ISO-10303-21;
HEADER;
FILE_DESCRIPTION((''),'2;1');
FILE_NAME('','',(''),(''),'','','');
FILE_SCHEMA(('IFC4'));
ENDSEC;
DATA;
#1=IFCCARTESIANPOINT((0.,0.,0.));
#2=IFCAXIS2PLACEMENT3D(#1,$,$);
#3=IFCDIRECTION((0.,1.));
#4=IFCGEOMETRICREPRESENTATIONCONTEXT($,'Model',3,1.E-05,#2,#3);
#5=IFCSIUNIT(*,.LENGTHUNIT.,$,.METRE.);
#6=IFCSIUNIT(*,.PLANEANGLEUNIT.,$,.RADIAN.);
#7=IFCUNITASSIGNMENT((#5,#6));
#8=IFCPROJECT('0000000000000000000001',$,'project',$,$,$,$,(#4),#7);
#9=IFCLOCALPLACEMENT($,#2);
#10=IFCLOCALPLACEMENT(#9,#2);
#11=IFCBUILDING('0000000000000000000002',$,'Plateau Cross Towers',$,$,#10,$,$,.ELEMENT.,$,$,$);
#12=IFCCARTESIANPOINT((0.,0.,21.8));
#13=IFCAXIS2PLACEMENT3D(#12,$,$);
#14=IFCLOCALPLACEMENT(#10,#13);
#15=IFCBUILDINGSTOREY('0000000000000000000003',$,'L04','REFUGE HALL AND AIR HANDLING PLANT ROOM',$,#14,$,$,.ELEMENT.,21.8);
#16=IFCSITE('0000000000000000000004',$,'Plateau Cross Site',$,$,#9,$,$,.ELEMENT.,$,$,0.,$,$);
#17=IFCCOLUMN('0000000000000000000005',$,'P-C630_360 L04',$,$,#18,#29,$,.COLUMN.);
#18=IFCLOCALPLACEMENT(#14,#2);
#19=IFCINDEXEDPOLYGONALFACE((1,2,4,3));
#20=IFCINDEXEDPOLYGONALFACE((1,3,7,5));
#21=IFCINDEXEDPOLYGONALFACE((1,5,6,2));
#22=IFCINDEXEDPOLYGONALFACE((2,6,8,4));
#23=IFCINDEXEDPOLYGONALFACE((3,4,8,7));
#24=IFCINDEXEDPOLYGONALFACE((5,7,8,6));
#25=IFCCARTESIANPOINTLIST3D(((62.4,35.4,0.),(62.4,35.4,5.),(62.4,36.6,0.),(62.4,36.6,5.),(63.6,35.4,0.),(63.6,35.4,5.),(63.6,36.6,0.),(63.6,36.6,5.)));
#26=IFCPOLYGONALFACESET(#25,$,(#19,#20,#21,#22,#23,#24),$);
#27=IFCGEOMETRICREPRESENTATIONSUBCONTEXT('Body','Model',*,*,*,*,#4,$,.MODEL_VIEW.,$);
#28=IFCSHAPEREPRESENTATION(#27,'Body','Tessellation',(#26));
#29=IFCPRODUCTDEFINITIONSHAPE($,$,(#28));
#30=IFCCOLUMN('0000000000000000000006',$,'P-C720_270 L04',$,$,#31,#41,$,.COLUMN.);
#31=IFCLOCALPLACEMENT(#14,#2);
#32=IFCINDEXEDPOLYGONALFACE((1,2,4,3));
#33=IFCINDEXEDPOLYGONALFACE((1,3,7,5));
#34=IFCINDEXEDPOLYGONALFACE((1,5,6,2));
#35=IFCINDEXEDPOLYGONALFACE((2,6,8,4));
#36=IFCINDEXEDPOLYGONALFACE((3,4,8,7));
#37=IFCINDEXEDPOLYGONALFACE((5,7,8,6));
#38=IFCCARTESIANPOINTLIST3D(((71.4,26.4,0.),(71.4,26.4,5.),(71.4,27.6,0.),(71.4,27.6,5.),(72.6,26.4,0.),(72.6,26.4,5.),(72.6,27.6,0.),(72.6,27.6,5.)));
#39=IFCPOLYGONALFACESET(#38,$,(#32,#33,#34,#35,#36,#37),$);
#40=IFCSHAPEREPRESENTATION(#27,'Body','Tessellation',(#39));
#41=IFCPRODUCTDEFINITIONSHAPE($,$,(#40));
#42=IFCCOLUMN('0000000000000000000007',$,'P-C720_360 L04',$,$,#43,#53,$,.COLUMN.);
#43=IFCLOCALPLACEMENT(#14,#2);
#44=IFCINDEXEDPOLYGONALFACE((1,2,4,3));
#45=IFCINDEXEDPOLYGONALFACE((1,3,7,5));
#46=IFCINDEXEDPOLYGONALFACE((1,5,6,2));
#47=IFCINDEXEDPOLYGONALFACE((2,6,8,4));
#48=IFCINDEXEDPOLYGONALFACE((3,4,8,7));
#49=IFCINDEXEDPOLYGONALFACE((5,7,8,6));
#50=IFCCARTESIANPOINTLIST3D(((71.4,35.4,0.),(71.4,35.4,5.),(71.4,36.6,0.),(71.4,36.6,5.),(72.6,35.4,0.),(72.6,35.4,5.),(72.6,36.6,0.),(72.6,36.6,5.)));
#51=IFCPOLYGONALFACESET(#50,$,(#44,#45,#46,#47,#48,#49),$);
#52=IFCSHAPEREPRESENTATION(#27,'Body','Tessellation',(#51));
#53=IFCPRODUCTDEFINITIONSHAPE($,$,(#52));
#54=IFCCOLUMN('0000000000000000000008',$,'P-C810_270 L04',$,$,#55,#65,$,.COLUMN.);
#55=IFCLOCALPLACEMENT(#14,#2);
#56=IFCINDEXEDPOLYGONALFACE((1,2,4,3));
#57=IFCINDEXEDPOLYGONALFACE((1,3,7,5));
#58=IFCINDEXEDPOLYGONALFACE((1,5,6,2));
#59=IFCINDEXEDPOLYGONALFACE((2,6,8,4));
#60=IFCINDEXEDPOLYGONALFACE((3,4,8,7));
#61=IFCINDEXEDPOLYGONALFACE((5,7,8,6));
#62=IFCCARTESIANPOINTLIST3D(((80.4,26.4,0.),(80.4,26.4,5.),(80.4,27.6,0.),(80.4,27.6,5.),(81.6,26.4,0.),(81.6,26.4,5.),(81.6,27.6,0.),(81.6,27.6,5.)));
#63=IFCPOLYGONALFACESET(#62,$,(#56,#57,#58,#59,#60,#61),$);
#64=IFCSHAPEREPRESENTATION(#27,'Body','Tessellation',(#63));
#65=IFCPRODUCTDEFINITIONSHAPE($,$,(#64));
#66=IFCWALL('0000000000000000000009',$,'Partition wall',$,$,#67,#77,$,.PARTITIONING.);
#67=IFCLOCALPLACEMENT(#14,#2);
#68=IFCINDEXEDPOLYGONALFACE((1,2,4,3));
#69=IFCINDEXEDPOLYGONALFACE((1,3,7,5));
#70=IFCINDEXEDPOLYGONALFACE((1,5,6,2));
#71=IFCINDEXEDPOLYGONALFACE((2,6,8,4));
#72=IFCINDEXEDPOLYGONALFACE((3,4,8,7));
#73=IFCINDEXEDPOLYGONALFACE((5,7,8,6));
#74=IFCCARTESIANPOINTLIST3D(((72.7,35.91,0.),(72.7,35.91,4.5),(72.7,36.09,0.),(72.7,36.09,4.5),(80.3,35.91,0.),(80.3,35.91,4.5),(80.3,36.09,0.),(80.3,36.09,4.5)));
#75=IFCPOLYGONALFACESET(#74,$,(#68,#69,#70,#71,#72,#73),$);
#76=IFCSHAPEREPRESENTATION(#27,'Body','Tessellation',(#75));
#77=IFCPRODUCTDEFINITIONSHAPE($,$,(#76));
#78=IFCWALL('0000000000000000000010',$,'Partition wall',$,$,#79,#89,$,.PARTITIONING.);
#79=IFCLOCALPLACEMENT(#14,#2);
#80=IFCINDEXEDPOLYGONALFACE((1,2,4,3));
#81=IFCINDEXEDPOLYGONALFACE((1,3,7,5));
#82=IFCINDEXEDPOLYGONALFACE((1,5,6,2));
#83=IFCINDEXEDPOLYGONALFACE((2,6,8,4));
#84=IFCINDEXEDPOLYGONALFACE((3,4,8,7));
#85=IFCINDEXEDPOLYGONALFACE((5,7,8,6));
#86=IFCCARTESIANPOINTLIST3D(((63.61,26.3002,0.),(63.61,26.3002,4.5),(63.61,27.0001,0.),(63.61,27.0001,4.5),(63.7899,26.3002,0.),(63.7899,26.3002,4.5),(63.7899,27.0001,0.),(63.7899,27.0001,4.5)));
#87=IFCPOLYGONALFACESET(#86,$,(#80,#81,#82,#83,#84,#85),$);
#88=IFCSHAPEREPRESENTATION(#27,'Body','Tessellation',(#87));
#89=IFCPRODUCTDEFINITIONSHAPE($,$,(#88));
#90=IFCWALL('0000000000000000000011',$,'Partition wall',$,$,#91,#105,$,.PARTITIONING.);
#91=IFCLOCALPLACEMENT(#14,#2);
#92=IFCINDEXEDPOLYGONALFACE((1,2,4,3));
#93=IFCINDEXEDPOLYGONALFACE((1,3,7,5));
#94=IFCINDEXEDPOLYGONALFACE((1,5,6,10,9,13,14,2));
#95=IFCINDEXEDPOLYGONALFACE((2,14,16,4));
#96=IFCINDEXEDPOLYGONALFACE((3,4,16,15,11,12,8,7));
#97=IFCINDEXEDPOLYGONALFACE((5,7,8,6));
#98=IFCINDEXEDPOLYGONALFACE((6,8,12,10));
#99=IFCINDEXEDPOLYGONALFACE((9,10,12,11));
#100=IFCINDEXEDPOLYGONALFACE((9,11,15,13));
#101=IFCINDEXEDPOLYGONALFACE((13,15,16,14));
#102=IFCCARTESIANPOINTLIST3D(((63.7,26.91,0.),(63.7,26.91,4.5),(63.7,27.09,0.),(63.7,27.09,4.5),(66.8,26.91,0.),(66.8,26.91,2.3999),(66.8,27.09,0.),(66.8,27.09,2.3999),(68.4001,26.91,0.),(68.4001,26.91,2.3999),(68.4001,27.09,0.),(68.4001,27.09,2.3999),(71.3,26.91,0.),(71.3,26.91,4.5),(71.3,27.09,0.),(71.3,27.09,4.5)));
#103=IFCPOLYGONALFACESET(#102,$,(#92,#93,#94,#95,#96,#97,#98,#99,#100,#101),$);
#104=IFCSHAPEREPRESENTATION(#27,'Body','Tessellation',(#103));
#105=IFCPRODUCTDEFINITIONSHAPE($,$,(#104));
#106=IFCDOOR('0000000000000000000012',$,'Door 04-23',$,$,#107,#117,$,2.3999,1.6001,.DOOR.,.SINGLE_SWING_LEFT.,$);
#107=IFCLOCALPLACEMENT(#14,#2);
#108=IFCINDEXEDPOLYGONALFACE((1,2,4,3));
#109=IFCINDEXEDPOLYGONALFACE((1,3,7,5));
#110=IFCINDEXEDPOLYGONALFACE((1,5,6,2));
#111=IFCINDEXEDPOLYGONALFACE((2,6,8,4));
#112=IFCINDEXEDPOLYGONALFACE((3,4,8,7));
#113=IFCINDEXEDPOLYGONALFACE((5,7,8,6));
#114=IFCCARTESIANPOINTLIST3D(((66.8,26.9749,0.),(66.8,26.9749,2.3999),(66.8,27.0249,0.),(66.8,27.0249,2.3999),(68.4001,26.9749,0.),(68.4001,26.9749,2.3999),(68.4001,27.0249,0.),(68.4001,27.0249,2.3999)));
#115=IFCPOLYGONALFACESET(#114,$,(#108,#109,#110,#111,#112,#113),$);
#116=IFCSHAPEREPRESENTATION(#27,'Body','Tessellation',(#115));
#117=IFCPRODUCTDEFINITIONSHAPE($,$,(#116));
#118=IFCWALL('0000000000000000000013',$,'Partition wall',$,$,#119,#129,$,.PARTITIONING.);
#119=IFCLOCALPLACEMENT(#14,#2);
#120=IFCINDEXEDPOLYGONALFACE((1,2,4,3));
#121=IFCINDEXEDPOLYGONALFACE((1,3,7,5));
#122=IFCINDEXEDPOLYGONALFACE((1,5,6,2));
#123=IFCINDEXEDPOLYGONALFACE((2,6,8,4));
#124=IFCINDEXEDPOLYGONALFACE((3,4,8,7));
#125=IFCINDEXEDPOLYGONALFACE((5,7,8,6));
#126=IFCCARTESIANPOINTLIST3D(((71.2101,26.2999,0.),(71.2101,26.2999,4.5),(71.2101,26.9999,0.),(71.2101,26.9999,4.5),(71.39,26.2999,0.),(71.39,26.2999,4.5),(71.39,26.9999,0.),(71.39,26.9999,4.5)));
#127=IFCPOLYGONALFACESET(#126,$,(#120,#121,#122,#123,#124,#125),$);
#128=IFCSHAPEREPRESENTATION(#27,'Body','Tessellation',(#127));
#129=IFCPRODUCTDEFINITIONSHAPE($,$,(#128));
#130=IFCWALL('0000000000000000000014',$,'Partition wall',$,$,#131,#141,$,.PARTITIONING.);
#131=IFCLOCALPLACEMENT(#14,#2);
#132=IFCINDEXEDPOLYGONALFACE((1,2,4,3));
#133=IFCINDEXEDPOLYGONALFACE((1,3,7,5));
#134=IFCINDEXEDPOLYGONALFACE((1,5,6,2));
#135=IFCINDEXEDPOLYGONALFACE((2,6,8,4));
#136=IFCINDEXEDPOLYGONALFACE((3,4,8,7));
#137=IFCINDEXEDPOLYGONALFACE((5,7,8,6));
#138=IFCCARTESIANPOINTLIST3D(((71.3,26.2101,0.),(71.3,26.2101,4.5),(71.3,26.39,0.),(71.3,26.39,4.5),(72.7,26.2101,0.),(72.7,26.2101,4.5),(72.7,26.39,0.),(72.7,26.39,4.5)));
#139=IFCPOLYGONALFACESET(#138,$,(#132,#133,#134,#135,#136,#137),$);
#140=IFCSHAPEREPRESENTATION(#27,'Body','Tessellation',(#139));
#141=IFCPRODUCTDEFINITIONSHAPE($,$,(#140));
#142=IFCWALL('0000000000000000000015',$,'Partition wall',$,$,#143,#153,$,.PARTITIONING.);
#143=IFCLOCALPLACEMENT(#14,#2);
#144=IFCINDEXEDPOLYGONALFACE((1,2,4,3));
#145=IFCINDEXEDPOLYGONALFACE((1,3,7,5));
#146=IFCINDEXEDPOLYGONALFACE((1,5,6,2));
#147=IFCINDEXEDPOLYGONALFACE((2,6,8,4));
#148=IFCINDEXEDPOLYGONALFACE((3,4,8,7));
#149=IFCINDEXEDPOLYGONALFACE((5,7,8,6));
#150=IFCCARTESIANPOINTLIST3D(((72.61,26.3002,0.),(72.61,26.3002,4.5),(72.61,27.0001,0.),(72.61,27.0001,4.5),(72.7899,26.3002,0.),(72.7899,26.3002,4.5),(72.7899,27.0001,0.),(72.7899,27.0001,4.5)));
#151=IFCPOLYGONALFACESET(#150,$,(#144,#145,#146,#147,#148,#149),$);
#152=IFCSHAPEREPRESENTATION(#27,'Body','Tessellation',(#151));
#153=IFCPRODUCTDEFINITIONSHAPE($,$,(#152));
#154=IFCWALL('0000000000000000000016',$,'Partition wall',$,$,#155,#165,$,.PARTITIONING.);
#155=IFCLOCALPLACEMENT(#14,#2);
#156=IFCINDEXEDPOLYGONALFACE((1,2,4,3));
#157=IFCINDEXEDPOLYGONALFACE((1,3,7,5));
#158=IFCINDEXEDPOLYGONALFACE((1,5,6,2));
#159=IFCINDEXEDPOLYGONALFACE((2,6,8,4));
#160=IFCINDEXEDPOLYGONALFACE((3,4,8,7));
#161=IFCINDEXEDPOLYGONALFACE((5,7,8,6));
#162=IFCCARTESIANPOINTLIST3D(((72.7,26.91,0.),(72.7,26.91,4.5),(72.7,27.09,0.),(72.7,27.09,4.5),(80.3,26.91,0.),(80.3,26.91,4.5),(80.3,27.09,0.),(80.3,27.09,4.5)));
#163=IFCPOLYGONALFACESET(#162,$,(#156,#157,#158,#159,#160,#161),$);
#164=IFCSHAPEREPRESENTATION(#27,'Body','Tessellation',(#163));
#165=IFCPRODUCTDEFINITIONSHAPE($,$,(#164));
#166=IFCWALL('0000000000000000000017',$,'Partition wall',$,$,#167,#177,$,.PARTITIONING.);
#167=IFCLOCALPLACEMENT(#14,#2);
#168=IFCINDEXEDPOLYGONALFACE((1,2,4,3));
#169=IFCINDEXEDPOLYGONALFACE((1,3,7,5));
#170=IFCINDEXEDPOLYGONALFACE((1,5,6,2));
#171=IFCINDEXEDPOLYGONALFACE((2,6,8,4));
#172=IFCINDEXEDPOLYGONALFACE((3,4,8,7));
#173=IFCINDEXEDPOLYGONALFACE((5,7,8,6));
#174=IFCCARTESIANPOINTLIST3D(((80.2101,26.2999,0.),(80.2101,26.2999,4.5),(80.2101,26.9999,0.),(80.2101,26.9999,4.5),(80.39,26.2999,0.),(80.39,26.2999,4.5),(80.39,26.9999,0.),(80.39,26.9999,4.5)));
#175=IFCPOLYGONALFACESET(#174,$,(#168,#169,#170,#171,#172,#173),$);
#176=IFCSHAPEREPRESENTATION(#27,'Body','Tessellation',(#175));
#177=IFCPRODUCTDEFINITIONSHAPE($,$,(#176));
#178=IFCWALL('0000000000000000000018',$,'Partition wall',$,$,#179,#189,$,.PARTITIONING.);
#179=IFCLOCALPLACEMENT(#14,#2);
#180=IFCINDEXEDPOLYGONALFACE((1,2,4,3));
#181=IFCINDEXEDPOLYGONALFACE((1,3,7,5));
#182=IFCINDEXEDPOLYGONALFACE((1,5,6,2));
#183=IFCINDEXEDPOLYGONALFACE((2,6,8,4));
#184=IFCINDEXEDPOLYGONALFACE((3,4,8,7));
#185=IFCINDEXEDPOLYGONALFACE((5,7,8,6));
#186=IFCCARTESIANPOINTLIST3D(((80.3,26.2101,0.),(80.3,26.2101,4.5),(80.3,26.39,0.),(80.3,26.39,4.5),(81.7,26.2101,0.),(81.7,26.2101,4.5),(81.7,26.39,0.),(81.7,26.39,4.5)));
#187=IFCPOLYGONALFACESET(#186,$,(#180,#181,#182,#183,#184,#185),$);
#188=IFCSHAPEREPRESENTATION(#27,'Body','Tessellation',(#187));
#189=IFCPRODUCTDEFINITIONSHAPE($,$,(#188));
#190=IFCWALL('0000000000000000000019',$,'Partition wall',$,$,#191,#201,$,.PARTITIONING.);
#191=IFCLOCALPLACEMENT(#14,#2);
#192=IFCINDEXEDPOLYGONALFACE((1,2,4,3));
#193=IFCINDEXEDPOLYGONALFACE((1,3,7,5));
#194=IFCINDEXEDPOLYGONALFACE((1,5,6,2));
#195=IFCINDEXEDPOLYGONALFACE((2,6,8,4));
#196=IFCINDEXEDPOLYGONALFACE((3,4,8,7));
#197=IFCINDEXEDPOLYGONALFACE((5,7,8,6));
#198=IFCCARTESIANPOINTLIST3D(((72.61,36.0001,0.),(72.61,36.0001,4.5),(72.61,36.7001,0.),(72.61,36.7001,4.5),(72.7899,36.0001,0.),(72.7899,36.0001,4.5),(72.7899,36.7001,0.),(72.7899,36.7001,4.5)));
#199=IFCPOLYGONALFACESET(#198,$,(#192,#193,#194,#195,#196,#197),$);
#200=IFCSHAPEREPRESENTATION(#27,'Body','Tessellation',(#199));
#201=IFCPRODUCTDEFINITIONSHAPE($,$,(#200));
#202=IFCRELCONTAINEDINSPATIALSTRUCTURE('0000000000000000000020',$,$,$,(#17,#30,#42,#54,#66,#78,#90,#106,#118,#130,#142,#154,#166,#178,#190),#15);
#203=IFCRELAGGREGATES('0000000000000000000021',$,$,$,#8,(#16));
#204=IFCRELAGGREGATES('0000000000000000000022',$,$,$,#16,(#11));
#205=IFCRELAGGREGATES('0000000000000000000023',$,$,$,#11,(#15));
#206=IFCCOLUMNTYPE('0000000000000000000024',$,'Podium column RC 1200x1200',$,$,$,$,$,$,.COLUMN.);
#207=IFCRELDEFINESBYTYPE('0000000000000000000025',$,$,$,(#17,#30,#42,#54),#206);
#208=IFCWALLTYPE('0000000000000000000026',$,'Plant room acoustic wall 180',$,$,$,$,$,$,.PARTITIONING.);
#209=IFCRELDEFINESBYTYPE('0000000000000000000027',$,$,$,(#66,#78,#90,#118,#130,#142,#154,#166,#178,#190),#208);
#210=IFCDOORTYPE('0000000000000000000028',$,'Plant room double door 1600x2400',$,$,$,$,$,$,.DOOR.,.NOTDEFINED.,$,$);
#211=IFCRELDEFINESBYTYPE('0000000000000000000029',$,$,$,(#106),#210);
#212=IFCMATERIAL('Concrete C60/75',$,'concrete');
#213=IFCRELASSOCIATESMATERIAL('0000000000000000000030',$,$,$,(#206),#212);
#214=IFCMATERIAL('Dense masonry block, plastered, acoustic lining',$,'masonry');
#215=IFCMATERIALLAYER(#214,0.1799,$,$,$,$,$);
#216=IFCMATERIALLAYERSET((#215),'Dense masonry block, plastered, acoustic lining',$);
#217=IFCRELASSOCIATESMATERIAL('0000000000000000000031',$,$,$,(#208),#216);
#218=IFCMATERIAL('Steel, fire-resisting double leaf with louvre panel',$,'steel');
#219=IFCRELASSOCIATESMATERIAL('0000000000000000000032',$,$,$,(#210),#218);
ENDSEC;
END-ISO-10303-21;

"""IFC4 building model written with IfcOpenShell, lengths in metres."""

from ifc_helpers import new_model, si_unit, direction, frame, frame_2d, origin, origin_2d, place, context, subcontext, project, spatial, rectangle, extrude, material, layer, layer_set, material_profile, profile_set, type_object, element, fill, save


model = new_model("IFC4")

# Units and contexts
model_context = context("Model", 3, precision=1e-05, world=origin(), true_north=direction((0.0, 1.0)))
body_context = subcontext(model_context, "Body", "Model", "MODEL_VIEW")
ifc_project = project(units=[si_unit("LENGTHUNIT", "METRE"), si_unit("PLANEANGLEUNIT", "RADIAN")], contexts=[model_context])

# Site, building, storey
site_placement = place(None, origin())
site = spatial("IfcSite", under=ifc_project, at=site_placement, Name="Plateau Cross Site", CompositionType="ELEMENT", RefElevation=0.0)
building_placement = place(site_placement, origin())
building = spatial("IfcBuilding", under=site, at=building_placement, Name="Plateau Cross Towers", CompositionType="ELEMENT")
storey_placement = place(building_placement, frame((0.0, 0.0, 21.8)))
storey = spatial("IfcBuildingStorey", under=building, at=storey_placement, Name="L04", Description="REFUGE HALL AND AIR HANDLING PLANT ROOM", CompositionType="ELEMENT", Elevation=21.8)

# Columns
ifc_material_1 = material(Name="Concrete C60/75", Category="concrete")
ifc_material_profile = material_profile(ifc_material_1, rectangle(XDim=1.2, YDim=1.2, at=origin_2d()), Name="RC 1200x1200")
ifc_profile_set = profile_set([ifc_material_profile], Name="Concrete C60/75")
column_type = type_object("IfcColumnType", Name="Podium column RC 1200x1200", PredefinedType="COLUMN", material=ifc_profile_set)
for number, where, z_axis, x_axis, name in (
    (1, (63.0, 36.0, 0.0), (0.0, 0.0, 1.0), (1.0, 0.0, 0.0), "P-C630_360 L04"),
    (2, (72.0, 27.0, 0.0), (0.0, 0.0, 1.0), (1.0, 0.0, 0.0), "P-C720_270 L04"),
    (3, (72.0, 36.0, 0.0), (0.0, 0.0, 1.0), (1.0, 0.0, 0.0), "P-C720_360 L04"),
    (4, (81.0, 27.0, 0.0), (0.0, 0.0, 1.0), (1.0, 0.0, 0.0), "P-C810_270 L04"),
):
    element("IfcColumn", number, at=place(storey_placement, frame(where, z_axis=z_axis, x_axis=x_axis)), inside=storey, type_object=column_type, Name=name, PredefinedType="COLUMN", context=body_context, shape_type="SweptSolid", body=[
        extrude(rectangle(XDim=1.2, YDim=1.2, at=origin_2d()), origin(), (0.0, 0.0, 1.0), 5.0),
    ])

# Walls
ifc_material_2 = material(Name="Dense masonry block, plastered, acoustic lining", Category="masonry")
ifc_layer_1 = layer(ifc_material_2, 0.1799)
ifc_layer_set_1 = layer_set([ifc_layer_1], Name="Dense masonry block, plastered, acoustic lining")
wall_type_1 = type_object("IfcWallType", Name="Plant room acoustic wall 180", PredefinedType="PARTITIONING", material=ifc_layer_set_1)
wall_1_placement = place(storey_placement, frame((80.3, 36.0, 0.0), z_axis=(0.0, 0.0, 1.0), x_axis=(-1.0, 0.0, 0.0)))
element("IfcWall", 5, at=wall_1_placement, inside=storey, type_object=wall_type_1, Name="Partition wall", PredefinedType="PARTITIONING", context=body_context, shape_type="SweptSolid", body=[
    extrude(rectangle(XDim=7.6001, YDim=0.1799, at=frame_2d((3.8, 0.0))), origin(), (0.0, 0.0, 1.0), 4.5),
])
wall_2_placement = place(storey_placement, frame((63.7, 26.3, 0.0), z_axis=(0.0, 0.0, 1.0), x_axis=(0.0, 1.0, 0.0)))
element("IfcWall", 6, at=wall_2_placement, inside=storey, type_object=wall_type_1, Name="Partition wall", PredefinedType="PARTITIONING", context=body_context, shape_type="SweptSolid", body=[
    extrude(rectangle(XDim=0.7, YDim=0.1799, at=frame_2d((0.3501, 0.0))), origin(), (0.0, 0.0, 1.0), 4.5),
])

# Wall, opening, door
wall_3_placement = place(storey_placement, frame((63.7, 27.0, 0.0), z_axis=(0.0, 0.0, 1.0), x_axis=(1.0, 0.0, 0.0)))
wall_3 = element("IfcWall", 7, at=wall_3_placement, inside=storey, type_object=wall_type_1, Name="Partition wall", PredefinedType="PARTITIONING", context=body_context, shape_type="SweptSolid", body=[
    extrude(rectangle(XDim=7.6001, YDim=0.1799, at=frame_2d((3.8, 0.0))), origin(), (0.0, 0.0, 1.0), 4.5),
])
opening_placement = place(wall_3_placement, frame((3.1001, 0.0, 0.0)))
opening = element("IfcOpeningElement", 8, at=opening_placement, cuts=wall_3, PredefinedType="OPENING", context=body_context, shape_type="SweptSolid", body=[
    extrude(rectangle(XDim=1.6001, YDim=2.3999, at=frame_2d((0.8, 1.2))), frame((0.0, 0.0999, 0.0), z_axis=(0.0, -1.0, 0.0), x_axis=(1.0, 0.0, 0.0)), (0.0, 0.0, 1.0), 0.2),
])
ifc_material_3 = material(Name="Steel, fire-resisting double leaf with louvre panel", Category="steel")
door_type = type_object("IfcDoorType", Name="Plant room double door 1600x2400", OperationType="NOTDEFINED", PredefinedType="DOOR", material=ifc_material_3)
door_placement = place(opening_placement, origin())
door = element("IfcDoor", 9, at=door_placement, inside=storey, type_object=door_type, Name="Door 04-23", OperationType="SINGLE_SWING_LEFT", OverallHeight=2.3999, OverallWidth=1.6001, PredefinedType="DOOR", context=body_context, shape_type="SweptSolid", body=[
    extrude(rectangle(XDim=1.6001, YDim=2.3999, at=frame_2d((0.8, 1.2))), frame((0.0, 0.0249, 0.0), z_axis=(0.0, -1.0, 0.0), x_axis=(1.0, 0.0, 0.0)), (0.0, 0.0, 1.0), 0.05),
])
fill(opening, door)

# Walls
wall_4_placement = place(storey_placement, frame((71.3, 27.0, 0.0), z_axis=(0.0, 0.0, 1.0), x_axis=(0.0, -1.0, 0.0)))
element("IfcWall", 10, at=wall_4_placement, inside=storey, type_object=wall_type_1, Name="Partition wall", PredefinedType="PARTITIONING", context=body_context, shape_type="SweptSolid", body=[
    extrude(rectangle(XDim=0.7, YDim=0.1799, at=frame_2d((0.3501, 0.0))), origin(), (0.0, 0.0, 1.0), 4.5),
])
wall_5_placement = place(storey_placement, frame((71.3, 26.3, 0.0), z_axis=(0.0, 0.0, 1.0), x_axis=(1.0, 0.0, 0.0)))
element("IfcWall", 11, at=wall_5_placement, inside=storey, type_object=wall_type_1, Name="Partition wall", PredefinedType="PARTITIONING", context=body_context, shape_type="SweptSolid", body=[
    extrude(rectangle(XDim=1.3999, YDim=0.1799, at=frame_2d((0.7, 0.0))), origin(), (0.0, 0.0, 1.0), 4.5),
])
wall_6_placement = place(storey_placement, frame((72.7, 26.3, 0.0), z_axis=(0.0, 0.0, 1.0), x_axis=(0.0, 1.0, 0.0)))
element("IfcWall", 12, at=wall_6_placement, inside=storey, type_object=wall_type_1, Name="Partition wall", PredefinedType="PARTITIONING", context=body_context, shape_type="SweptSolid", body=[
    extrude(rectangle(XDim=0.7, YDim=0.1799, at=frame_2d((0.3501, 0.0))), origin(), (0.0, 0.0, 1.0), 4.5),
])
wall_7_placement = place(storey_placement, frame((72.7, 27.0, 0.0), z_axis=(0.0, 0.0, 1.0), x_axis=(1.0, 0.0, 0.0)))
element("IfcWall", 13, at=wall_7_placement, inside=storey, type_object=wall_type_1, Name="Partition wall", PredefinedType="PARTITIONING", context=body_context, shape_type="SweptSolid", body=[
    extrude(rectangle(XDim=7.6001, YDim=0.1799, at=frame_2d((3.8, 0.0))), origin(), (0.0, 0.0, 1.0), 4.5),
])
wall_8_placement = place(storey_placement, frame((80.3, 27.0, 0.0), z_axis=(0.0, 0.0, 1.0), x_axis=(0.0, -1.0, 0.0)))
element("IfcWall", 14, at=wall_8_placement, inside=storey, type_object=wall_type_1, Name="Partition wall", PredefinedType="PARTITIONING", context=body_context, shape_type="SweptSolid", body=[
    extrude(rectangle(XDim=0.7, YDim=0.1799, at=frame_2d((0.3501, 0.0))), origin(), (0.0, 0.0, 1.0), 4.5),
])
wall_9_placement = place(storey_placement, frame((80.3, 26.3, 0.0), z_axis=(0.0, 0.0, 1.0), x_axis=(1.0, 0.0, 0.0)))
element("IfcWall", 15, at=wall_9_placement, inside=storey, type_object=wall_type_1, Name="Partition wall", PredefinedType="PARTITIONING", context=body_context, shape_type="SweptSolid", body=[
    extrude(rectangle(XDim=1.3999, YDim=0.1799, at=frame_2d((0.7, 0.0))), origin(), (0.0, 0.0, 1.0), 4.5),
])
wall_10_placement = place(storey_placement, frame((72.7, 36.0, 0.0), z_axis=(0.0, 0.0, 1.0), x_axis=(0.0, 1.0, 0.0)))
element("IfcWall", 16, at=wall_10_placement, inside=storey, type_object=wall_type_1, Name="Partition wall", PredefinedType="PARTITIONING", context=body_context, shape_type="SweptSolid", body=[
    extrude(rectangle(XDim=0.7, YDim=0.1799, at=frame_2d((0.3501, 0.0))), origin(), (0.0, 0.0, 1.0), 4.5),
])

save(model, "model.ifc")
